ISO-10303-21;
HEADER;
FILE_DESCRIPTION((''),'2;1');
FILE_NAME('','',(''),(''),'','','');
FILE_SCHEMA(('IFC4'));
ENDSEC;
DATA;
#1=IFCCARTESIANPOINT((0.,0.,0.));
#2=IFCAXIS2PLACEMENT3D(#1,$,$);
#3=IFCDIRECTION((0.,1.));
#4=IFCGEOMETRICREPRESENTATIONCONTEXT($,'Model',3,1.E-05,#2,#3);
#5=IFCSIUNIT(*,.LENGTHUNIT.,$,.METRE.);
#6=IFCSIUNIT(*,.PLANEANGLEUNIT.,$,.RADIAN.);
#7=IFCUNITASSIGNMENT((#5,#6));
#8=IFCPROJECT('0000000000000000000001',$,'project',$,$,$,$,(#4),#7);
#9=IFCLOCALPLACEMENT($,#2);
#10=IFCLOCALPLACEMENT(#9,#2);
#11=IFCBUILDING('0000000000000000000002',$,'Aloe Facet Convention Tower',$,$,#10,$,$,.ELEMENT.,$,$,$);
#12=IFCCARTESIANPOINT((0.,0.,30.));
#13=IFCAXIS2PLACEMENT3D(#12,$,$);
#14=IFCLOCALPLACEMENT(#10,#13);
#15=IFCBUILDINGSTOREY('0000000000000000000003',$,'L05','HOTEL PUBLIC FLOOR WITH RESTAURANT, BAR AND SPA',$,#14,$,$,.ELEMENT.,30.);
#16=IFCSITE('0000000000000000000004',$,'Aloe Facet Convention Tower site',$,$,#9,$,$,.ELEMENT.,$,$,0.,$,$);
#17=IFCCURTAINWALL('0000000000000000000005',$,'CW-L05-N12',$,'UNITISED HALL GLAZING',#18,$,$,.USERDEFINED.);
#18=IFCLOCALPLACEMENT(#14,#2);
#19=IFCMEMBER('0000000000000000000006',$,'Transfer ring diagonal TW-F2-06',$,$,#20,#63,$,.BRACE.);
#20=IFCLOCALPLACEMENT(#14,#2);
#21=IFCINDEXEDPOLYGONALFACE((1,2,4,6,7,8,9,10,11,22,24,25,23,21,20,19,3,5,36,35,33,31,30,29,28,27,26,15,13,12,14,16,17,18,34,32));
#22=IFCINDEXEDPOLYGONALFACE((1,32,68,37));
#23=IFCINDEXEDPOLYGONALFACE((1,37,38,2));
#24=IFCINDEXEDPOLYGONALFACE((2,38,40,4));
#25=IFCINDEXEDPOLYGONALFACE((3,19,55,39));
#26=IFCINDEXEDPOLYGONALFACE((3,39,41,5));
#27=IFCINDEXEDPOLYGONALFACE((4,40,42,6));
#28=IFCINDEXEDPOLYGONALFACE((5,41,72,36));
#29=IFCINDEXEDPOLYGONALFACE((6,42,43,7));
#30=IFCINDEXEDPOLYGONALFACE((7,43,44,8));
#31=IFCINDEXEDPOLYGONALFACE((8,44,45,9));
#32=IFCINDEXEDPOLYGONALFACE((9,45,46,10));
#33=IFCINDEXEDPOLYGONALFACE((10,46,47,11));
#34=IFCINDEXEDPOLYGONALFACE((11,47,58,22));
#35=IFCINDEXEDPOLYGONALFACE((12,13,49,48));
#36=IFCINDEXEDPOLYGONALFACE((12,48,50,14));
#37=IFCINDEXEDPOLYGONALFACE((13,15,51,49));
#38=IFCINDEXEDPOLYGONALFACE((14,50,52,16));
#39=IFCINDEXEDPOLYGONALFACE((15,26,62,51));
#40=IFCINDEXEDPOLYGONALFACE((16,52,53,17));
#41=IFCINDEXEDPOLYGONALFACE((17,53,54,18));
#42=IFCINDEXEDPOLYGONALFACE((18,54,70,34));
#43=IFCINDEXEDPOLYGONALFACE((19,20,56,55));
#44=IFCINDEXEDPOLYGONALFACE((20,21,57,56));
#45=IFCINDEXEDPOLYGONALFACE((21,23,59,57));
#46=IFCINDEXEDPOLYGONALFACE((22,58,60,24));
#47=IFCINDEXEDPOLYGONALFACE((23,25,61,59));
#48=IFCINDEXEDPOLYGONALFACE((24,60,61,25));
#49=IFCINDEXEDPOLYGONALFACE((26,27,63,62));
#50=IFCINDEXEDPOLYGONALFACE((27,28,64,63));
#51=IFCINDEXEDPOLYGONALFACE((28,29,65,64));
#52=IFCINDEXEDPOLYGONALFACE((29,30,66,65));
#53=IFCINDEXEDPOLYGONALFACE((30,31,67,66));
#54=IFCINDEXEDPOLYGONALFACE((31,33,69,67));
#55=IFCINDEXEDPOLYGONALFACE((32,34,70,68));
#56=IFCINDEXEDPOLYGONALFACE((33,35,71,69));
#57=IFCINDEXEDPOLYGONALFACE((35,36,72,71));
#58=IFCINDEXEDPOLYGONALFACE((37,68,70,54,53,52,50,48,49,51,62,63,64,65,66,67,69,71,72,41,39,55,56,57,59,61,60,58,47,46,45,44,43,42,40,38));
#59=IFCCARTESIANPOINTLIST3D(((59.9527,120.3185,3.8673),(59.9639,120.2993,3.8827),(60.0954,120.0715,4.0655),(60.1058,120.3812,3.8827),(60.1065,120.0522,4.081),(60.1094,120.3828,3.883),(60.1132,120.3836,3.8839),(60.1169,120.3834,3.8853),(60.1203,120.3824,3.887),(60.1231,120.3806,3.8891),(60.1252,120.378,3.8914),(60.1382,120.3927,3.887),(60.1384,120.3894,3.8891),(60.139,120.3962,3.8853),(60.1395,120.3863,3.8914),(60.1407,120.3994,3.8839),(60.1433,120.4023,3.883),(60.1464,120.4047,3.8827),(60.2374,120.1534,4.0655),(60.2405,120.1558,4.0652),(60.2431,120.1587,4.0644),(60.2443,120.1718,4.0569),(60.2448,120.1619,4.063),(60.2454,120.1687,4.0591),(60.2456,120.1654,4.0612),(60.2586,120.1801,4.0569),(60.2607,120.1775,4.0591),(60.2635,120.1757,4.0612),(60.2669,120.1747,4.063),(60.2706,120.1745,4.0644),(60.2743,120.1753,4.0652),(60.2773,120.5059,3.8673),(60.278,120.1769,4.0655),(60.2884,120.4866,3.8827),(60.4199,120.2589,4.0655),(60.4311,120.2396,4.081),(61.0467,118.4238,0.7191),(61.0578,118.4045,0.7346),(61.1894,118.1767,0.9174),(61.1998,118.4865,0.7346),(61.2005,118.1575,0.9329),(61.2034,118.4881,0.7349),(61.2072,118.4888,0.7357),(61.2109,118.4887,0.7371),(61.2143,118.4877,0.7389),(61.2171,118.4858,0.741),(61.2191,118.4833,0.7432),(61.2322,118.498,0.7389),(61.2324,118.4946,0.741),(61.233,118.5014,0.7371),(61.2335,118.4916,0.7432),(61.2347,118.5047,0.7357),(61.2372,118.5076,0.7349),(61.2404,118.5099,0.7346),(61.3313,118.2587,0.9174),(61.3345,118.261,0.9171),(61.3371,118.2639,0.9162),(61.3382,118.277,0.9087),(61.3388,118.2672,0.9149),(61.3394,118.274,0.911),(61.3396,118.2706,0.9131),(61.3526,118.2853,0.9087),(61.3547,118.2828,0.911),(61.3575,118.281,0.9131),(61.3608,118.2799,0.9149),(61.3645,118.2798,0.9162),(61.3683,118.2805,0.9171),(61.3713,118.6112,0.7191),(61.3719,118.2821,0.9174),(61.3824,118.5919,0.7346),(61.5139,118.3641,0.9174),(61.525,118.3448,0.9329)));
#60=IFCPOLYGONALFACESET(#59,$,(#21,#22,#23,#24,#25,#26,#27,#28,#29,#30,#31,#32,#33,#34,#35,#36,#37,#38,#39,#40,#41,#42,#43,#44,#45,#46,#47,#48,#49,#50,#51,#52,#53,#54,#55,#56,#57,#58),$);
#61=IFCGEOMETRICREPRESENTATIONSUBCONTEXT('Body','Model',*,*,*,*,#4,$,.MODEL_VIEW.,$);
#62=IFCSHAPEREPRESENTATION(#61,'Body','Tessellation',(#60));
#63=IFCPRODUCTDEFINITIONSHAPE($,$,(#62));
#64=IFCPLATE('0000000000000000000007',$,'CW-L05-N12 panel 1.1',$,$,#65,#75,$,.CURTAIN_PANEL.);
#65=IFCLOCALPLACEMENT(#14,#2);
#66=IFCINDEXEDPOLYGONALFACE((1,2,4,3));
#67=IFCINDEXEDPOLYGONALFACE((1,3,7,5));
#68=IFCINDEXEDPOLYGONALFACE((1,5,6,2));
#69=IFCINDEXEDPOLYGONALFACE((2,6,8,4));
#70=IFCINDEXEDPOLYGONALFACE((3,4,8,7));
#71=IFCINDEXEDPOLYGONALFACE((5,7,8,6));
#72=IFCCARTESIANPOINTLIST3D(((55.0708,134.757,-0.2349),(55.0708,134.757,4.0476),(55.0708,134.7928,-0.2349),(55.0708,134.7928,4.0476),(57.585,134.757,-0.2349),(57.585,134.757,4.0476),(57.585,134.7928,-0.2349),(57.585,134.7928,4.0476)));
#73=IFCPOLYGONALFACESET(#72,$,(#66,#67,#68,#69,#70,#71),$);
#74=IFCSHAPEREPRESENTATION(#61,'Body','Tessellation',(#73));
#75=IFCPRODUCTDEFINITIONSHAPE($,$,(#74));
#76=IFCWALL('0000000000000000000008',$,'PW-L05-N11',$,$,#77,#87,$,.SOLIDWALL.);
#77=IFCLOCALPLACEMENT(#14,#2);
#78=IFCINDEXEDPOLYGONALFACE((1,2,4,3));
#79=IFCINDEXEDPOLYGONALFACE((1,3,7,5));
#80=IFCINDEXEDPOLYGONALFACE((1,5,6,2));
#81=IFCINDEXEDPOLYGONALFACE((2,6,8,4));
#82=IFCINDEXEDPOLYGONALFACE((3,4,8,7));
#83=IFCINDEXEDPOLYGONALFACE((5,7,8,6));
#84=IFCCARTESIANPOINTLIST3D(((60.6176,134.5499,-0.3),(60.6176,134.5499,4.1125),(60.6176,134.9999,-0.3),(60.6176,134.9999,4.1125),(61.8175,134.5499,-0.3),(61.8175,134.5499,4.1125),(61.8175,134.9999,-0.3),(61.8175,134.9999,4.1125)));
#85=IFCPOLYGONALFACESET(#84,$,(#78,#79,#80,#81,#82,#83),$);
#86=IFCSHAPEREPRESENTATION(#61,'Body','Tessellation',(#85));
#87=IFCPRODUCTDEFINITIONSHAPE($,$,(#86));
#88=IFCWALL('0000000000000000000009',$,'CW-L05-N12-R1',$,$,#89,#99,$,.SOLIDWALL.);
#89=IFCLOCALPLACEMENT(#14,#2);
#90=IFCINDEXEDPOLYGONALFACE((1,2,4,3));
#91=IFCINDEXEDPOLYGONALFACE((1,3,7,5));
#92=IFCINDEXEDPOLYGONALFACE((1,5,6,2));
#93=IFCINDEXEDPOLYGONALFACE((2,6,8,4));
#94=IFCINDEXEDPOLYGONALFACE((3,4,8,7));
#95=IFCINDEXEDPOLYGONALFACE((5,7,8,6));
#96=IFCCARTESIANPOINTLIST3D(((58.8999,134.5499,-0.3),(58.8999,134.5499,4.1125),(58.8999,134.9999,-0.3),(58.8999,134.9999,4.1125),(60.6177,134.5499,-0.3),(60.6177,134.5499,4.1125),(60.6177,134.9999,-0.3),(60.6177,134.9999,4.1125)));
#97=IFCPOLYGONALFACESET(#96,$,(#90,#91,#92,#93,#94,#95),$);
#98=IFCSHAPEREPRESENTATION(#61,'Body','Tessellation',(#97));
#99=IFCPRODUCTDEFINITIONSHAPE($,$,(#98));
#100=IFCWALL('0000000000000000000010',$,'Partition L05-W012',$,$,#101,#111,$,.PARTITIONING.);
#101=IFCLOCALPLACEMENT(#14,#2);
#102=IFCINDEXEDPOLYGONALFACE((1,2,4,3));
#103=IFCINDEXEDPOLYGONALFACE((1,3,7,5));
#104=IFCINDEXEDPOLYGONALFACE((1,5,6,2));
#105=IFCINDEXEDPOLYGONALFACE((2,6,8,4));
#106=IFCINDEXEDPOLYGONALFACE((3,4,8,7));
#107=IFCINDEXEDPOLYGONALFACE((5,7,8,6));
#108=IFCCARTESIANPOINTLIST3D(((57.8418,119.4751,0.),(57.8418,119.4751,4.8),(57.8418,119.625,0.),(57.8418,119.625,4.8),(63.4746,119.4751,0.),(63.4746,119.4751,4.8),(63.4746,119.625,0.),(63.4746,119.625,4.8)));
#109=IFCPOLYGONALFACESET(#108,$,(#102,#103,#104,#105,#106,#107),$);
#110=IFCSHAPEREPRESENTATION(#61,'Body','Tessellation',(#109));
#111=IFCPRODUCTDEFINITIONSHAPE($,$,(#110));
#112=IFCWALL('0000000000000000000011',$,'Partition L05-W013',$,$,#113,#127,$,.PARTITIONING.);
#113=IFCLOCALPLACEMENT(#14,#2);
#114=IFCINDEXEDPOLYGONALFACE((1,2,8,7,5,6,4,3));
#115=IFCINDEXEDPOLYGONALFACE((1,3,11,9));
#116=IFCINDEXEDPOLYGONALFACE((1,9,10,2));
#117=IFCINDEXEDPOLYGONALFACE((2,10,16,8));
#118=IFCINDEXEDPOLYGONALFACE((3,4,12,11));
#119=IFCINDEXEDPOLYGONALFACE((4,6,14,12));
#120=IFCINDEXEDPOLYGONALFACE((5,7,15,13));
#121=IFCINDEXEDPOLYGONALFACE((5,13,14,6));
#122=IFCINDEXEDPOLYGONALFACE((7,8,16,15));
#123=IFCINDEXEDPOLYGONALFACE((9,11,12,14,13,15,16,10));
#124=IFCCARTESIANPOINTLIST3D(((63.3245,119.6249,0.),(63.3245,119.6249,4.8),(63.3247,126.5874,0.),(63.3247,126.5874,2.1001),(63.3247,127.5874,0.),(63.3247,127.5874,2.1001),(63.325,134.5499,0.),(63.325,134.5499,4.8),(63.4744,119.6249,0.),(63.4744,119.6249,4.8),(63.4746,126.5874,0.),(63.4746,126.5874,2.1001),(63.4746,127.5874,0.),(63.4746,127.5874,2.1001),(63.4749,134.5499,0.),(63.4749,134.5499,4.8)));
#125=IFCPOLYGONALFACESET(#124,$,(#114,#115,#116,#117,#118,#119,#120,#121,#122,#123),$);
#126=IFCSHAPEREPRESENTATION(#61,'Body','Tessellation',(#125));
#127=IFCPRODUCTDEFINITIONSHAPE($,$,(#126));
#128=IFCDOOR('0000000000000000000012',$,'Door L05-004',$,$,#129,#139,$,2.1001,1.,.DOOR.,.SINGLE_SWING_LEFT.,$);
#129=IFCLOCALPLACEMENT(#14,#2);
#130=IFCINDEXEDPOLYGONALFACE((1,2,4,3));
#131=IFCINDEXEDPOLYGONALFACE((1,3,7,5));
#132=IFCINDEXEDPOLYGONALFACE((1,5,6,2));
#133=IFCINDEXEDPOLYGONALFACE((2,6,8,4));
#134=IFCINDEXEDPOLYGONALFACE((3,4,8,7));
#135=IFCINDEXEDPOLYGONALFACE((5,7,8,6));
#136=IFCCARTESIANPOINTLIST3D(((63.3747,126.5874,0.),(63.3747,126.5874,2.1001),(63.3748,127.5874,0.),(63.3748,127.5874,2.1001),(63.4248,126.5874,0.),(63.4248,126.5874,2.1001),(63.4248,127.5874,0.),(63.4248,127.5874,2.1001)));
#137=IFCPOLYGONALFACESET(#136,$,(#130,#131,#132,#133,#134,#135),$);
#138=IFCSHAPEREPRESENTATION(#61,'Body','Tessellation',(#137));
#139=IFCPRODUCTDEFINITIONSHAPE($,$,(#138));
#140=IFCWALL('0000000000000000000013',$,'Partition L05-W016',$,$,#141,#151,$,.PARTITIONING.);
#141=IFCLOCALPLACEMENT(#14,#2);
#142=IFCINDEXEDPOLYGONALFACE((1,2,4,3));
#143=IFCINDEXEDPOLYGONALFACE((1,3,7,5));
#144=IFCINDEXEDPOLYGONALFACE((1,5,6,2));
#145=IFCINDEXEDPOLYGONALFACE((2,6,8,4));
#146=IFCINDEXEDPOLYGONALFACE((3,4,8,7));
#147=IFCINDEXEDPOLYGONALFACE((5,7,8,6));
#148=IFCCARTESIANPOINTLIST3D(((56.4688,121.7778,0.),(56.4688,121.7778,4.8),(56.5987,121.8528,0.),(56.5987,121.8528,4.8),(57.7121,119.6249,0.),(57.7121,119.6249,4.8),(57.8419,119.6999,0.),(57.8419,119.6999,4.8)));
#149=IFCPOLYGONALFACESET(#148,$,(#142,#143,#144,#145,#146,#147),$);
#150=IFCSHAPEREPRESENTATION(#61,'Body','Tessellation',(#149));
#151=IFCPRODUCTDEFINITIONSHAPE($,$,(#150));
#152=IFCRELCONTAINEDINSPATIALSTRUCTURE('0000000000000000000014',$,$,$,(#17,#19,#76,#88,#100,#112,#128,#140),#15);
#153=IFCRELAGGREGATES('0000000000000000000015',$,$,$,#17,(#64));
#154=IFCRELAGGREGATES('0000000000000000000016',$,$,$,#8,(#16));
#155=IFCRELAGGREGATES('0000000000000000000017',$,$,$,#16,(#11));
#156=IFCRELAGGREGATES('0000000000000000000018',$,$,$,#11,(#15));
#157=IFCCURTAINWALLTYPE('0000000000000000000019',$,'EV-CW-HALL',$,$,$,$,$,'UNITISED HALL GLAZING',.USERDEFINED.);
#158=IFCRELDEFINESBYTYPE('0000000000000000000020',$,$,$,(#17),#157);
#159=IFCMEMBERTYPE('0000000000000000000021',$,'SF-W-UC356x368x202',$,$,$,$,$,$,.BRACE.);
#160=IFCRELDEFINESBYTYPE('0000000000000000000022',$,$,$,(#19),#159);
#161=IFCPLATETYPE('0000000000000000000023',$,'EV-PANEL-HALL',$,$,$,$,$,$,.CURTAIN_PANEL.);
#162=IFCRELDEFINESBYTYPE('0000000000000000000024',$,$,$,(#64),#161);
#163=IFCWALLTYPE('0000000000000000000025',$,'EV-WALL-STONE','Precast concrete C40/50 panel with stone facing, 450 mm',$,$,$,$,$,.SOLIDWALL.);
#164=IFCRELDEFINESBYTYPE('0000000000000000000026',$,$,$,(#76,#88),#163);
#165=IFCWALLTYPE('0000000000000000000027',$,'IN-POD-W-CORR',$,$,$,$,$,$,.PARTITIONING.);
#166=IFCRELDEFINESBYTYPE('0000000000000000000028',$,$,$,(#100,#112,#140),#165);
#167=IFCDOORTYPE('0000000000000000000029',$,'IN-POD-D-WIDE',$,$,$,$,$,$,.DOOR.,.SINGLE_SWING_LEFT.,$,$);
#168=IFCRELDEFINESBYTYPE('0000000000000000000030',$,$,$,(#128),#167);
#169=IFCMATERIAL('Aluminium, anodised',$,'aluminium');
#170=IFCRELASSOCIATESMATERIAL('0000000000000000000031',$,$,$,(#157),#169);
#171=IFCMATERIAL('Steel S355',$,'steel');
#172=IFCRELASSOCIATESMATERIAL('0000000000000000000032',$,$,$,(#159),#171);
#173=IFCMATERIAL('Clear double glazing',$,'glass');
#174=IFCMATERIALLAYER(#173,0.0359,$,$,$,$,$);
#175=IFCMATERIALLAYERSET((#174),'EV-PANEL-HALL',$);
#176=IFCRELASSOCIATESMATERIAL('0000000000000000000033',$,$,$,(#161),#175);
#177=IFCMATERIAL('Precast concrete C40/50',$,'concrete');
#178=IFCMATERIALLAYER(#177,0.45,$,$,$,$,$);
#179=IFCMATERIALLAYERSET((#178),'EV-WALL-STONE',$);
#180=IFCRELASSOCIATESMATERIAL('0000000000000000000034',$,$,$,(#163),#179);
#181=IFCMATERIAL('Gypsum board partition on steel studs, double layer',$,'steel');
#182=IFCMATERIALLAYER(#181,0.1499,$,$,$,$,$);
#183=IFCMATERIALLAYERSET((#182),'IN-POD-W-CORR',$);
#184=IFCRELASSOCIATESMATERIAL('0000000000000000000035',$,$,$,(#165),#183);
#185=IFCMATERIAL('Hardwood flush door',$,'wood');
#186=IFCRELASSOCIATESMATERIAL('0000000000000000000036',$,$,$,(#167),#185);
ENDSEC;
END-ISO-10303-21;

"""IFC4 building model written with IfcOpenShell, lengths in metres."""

from ifc_helpers import new_model, si_unit, direction, frame, frame_2d, origin, origin_2d, place, context, subcontext, project, spatial, rectangle, i_section, extrude, material, layer, layer_set, material_profile, profile_set, type_object, element, fill, aggregate, save


model = new_model("IFC4")

# Units and contexts
model_context = context("Model", 3, precision=1e-05, world=origin(), true_north=direction((0.0, 1.0)))
body_context = subcontext(model_context, "Body", "Model", "MODEL_VIEW")
ifc_project = project(units=[si_unit("LENGTHUNIT", "METRE"), si_unit("PLANEANGLEUNIT", "RADIAN")], contexts=[model_context])

# Site, building, storey
site_placement = place(None, origin())
site = spatial("IfcSite", under=ifc_project, at=site_placement, Name="Aloe Facet Convention Tower site", CompositionType="ELEMENT", RefElevation=0.0)
building_placement = place(site_placement, origin())
building = spatial("IfcBuilding", under=site, at=building_placement, Name="Aloe Facet Convention Tower", CompositionType="ELEMENT")
storey_placement = place(building_placement, frame((0.0, 0.0, 30.0)))
storey = spatial("IfcBuildingStorey", under=building, at=storey_placement, Name="L05", Description="HOTEL PUBLIC FLOOR WITH RESTAURANT, BAR AND SPA", CompositionType="ELEMENT", Elevation=30.0)

# Curtain wall
ifc_material_1 = material(Name="Aluminium, anodised", Category="aluminium")
curtain_wall_type = type_object("IfcCurtainWallType", Name="EV-CW-HALL", ElementType="UNITISED HALL GLAZING", PredefinedType="USERDEFINED", material=ifc_material_1)
curtain_wall_placement = place(storey_placement, origin())
curtain_wall = element("IfcCurtainWall", 1, at=curtain_wall_placement, inside=storey, type_object=curtain_wall_type, Name="CW-L05-N12", ObjectType="UNITISED HALL GLAZING", PredefinedType="USERDEFINED")

# Member
ifc_material_2 = material(Name="Steel S355", Category="steel")
ifc_material_profile_1 = material_profile(ifc_material_2, i_section(OverallWidth=0.3748, OverallDepth=0.3745, WebThickness=0.0166, FlangeThickness=0.0271, FilletRadius=0.0151, at=origin_2d()), Name="UC 356x368x202")
ifc_profile_set_1 = profile_set([ifc_material_profile_1], Name="Steel S355")
member_type_1 = type_object("IfcMemberType", Name="SF-W-UC356x368x202", PredefinedType="BRACE", material=ifc_profile_set_1)
for number, where, z_axis, x_axis, name in (
    (2, (60.1919, 120.2791, 3.9741), (0.285354, -0.494227, -0.821165), (0.866016, 0.500015, 0.0), "Transfer ring diagonal TW-F2-06"),
):
    element("IfcMember", number, at=place(storey_placement, frame(where, z_axis=z_axis, x_axis=x_axis)), inside=storey, type_object=member_type_1, Name=name, PredefinedType="BRACE", context=body_context, shape_type="SweptSolid", body=[
        extrude(i_section(OverallWidth=0.3748, OverallDepth=0.3745, WebThickness=0.0166, FlangeThickness=0.0271, FilletRadius=0.0151, at=origin_2d()), origin(), (0.0, 0.0, 1.0), 3.8337),
    ])

# Plate
ifc_material_3 = material(Name="Clear double glazing", Category="glass")
ifc_layer_1 = layer(ifc_material_3, 0.0359)
ifc_layer_set_1 = layer_set([ifc_layer_1], Name="EV-PANEL-HALL")
plate_type = type_object("IfcPlateType", Name="EV-PANEL-HALL", PredefinedType="CURTAIN_PANEL", material=ifc_layer_set_1)
plate_placement = place(storey_placement, frame((56.3279, 134.7749, -0.2349), z_axis=(0.0, 0.0, 1.0), x_axis=(-1.0, 0.0, 0.0)))
plate = element("IfcPlate", 3, at=plate_placement, type_object=plate_type, Name="CW-L05-N12 panel 1.1", PredefinedType="CURTAIN_PANEL", context=body_context, shape_type="SweptSolid", body=[
    extrude(rectangle(XDim=2.5142, YDim=0.0359, at=origin_2d()), origin(), (0.0, 0.0, 1.0), 4.2825),
])
aggregate(curtain_wall, [plate])

# Walls
ifc_material_4 = material(Name="Precast concrete C40/50", Category="concrete")
ifc_layer_2 = layer(ifc_material_4, 0.45)
ifc_layer_set_2 = layer_set([ifc_layer_2], Name="EV-WALL-STONE")
wall_type_1 = type_object("IfcWallType", Name="EV-WALL-STONE", Description="Precast concrete C40/50 panel with stone facing, 450 mm", PredefinedType="SOLIDWALL", material=ifc_layer_set_2)
wall_1_placement = place(storey_placement, frame((61.8176, 134.7749, -0.3), z_axis=(0.0, 0.0, 1.0), x_axis=(-1.0, 0.0, 0.0)))
element("IfcWall", 4, at=wall_1_placement, inside=storey, type_object=wall_type_1, Name="PW-L05-N11", PredefinedType="SOLIDWALL", context=body_context, shape_type="SweptSolid", body=[
    extrude(rectangle(XDim=1.2, YDim=0.45, at=frame_2d((0.6001, 0.0))), origin(), (0.0, 0.0, 1.0), 4.4126),
])
wall_2_placement = place(storey_placement, frame((60.6177, 134.7749, -0.3), z_axis=(0.0, 0.0, 1.0), x_axis=(-1.0, 0.0, 0.0)))
element("IfcWall", 5, at=wall_2_placement, inside=storey, type_object=wall_type_1, Name="CW-L05-N12-R1", PredefinedType="SOLIDWALL", context=body_context, shape_type="SweptSolid", body=[
    extrude(rectangle(XDim=1.7178, YDim=0.45, at=frame_2d((0.8589, 0.0))), origin(), (0.0, 0.0, 1.0), 4.4126),
])
ifc_material_5 = material(Name="Gypsum board partition on steel studs, double layer", Category="steel")
ifc_layer_3 = layer(ifc_material_5, 0.1499)
ifc_layer_set_3 = layer_set([ifc_layer_3], Name="IN-POD-W-CORR")
wall_type_2 = type_object("IfcWallType", Name="IN-POD-W-CORR", PredefinedType="PARTITIONING", material=ifc_layer_set_3)
wall_3_placement = place(storey_placement, frame((57.8418, 119.55, 0.0), z_axis=(0.0, 0.0, 1.0), x_axis=(1.0, 0.0, 0.0)))
element("IfcWall", 6, at=wall_3_placement, inside=storey, type_object=wall_type_2, Name="Partition L05-W012", PredefinedType="PARTITIONING", context=body_context, shape_type="SweptSolid", body=[
    extrude(rectangle(XDim=5.6328, YDim=0.1499, at=frame_2d((2.8164, 0.0))), origin(), (0.0, 0.0, 1.0), 4.8),
])

# Wall, opening, door
wall_4_placement = place(storey_placement, frame((63.3994, 119.625, 0.0), z_axis=(0.0, 0.0, 1.0), x_axis=(0.000033, 1.0, 0.0)))
wall_4 = element("IfcWall", 7, at=wall_4_placement, inside=storey, type_object=wall_type_2, Name="Partition L05-W013", PredefinedType="PARTITIONING", context=body_context, shape_type="SweptSolid", body=[
    extrude(rectangle(XDim=14.925, YDim=0.1499, at=frame_2d((7.4624, 0.0))), origin(), (0.0, 0.0, 1.0), 4.8),
])
opening_placement = place(wall_4_placement, frame((6.9624, 0.0, 0.0)))
opening = element("IfcOpeningElement", 8, at=opening_placement, cuts=wall_4, PredefinedType="OPENING", context=body_context, shape_type="SweptSolid", body=[
    extrude(rectangle(XDim=1.0, YDim=2.1001, at=frame_2d((0.5, 1.05))), frame((0.0, 0.085, 0.0), z_axis=(0.0, -1.0, 0.0), x_axis=(1.0, 0.0, 0.0)), (0.0, 0.0, 1.0), 0.1699),
])
ifc_material_6 = material(Name="Hardwood flush door", Category="wood")
door_type = type_object("IfcDoorType", Name="IN-POD-D-WIDE", OperationType="SINGLE_SWING_LEFT", PredefinedType="DOOR", material=ifc_material_6)
door_placement = place(opening_placement, origin())
door = element("IfcDoor", 9, at=door_placement, inside=storey, type_object=door_type, Name="Door L05-004", OperationType="SINGLE_SWING_LEFT", OverallHeight=2.1001, OverallWidth=1.0, PredefinedType="DOOR", context=body_context, shape_type="SweptSolid", body=[
    extrude(rectangle(XDim=1.0, YDim=2.1001, at=frame_2d((0.5, 1.05))), frame((0.0, 0.0249, 0.0), z_axis=(0.0, -1.0, 0.0), x_axis=(1.0, 0.0, 0.0)), (0.0, 0.0, 1.0), 0.05),
])
fill(opening, door)

# Wall
wall_5_placement = place(storey_placement, frame((56.5337, 121.8154, 0.0), z_axis=(0.0, 0.0, 1.0), x_axis=(0.500068, -0.865986, 0.0)))
element("IfcWall", 10, at=wall_5_placement, inside=storey, type_object=wall_type_2, Name="Partition L05-W016", PredefinedType="PARTITIONING", context=body_context, shape_type="SweptSolid", body=[
    extrude(rectangle(XDim=2.4861, YDim=0.1499, at=frame_2d((1.2432, 0.0))), origin(), (0.0, 0.0, 1.0), 4.8),
])

save(model, "model.ifc")
